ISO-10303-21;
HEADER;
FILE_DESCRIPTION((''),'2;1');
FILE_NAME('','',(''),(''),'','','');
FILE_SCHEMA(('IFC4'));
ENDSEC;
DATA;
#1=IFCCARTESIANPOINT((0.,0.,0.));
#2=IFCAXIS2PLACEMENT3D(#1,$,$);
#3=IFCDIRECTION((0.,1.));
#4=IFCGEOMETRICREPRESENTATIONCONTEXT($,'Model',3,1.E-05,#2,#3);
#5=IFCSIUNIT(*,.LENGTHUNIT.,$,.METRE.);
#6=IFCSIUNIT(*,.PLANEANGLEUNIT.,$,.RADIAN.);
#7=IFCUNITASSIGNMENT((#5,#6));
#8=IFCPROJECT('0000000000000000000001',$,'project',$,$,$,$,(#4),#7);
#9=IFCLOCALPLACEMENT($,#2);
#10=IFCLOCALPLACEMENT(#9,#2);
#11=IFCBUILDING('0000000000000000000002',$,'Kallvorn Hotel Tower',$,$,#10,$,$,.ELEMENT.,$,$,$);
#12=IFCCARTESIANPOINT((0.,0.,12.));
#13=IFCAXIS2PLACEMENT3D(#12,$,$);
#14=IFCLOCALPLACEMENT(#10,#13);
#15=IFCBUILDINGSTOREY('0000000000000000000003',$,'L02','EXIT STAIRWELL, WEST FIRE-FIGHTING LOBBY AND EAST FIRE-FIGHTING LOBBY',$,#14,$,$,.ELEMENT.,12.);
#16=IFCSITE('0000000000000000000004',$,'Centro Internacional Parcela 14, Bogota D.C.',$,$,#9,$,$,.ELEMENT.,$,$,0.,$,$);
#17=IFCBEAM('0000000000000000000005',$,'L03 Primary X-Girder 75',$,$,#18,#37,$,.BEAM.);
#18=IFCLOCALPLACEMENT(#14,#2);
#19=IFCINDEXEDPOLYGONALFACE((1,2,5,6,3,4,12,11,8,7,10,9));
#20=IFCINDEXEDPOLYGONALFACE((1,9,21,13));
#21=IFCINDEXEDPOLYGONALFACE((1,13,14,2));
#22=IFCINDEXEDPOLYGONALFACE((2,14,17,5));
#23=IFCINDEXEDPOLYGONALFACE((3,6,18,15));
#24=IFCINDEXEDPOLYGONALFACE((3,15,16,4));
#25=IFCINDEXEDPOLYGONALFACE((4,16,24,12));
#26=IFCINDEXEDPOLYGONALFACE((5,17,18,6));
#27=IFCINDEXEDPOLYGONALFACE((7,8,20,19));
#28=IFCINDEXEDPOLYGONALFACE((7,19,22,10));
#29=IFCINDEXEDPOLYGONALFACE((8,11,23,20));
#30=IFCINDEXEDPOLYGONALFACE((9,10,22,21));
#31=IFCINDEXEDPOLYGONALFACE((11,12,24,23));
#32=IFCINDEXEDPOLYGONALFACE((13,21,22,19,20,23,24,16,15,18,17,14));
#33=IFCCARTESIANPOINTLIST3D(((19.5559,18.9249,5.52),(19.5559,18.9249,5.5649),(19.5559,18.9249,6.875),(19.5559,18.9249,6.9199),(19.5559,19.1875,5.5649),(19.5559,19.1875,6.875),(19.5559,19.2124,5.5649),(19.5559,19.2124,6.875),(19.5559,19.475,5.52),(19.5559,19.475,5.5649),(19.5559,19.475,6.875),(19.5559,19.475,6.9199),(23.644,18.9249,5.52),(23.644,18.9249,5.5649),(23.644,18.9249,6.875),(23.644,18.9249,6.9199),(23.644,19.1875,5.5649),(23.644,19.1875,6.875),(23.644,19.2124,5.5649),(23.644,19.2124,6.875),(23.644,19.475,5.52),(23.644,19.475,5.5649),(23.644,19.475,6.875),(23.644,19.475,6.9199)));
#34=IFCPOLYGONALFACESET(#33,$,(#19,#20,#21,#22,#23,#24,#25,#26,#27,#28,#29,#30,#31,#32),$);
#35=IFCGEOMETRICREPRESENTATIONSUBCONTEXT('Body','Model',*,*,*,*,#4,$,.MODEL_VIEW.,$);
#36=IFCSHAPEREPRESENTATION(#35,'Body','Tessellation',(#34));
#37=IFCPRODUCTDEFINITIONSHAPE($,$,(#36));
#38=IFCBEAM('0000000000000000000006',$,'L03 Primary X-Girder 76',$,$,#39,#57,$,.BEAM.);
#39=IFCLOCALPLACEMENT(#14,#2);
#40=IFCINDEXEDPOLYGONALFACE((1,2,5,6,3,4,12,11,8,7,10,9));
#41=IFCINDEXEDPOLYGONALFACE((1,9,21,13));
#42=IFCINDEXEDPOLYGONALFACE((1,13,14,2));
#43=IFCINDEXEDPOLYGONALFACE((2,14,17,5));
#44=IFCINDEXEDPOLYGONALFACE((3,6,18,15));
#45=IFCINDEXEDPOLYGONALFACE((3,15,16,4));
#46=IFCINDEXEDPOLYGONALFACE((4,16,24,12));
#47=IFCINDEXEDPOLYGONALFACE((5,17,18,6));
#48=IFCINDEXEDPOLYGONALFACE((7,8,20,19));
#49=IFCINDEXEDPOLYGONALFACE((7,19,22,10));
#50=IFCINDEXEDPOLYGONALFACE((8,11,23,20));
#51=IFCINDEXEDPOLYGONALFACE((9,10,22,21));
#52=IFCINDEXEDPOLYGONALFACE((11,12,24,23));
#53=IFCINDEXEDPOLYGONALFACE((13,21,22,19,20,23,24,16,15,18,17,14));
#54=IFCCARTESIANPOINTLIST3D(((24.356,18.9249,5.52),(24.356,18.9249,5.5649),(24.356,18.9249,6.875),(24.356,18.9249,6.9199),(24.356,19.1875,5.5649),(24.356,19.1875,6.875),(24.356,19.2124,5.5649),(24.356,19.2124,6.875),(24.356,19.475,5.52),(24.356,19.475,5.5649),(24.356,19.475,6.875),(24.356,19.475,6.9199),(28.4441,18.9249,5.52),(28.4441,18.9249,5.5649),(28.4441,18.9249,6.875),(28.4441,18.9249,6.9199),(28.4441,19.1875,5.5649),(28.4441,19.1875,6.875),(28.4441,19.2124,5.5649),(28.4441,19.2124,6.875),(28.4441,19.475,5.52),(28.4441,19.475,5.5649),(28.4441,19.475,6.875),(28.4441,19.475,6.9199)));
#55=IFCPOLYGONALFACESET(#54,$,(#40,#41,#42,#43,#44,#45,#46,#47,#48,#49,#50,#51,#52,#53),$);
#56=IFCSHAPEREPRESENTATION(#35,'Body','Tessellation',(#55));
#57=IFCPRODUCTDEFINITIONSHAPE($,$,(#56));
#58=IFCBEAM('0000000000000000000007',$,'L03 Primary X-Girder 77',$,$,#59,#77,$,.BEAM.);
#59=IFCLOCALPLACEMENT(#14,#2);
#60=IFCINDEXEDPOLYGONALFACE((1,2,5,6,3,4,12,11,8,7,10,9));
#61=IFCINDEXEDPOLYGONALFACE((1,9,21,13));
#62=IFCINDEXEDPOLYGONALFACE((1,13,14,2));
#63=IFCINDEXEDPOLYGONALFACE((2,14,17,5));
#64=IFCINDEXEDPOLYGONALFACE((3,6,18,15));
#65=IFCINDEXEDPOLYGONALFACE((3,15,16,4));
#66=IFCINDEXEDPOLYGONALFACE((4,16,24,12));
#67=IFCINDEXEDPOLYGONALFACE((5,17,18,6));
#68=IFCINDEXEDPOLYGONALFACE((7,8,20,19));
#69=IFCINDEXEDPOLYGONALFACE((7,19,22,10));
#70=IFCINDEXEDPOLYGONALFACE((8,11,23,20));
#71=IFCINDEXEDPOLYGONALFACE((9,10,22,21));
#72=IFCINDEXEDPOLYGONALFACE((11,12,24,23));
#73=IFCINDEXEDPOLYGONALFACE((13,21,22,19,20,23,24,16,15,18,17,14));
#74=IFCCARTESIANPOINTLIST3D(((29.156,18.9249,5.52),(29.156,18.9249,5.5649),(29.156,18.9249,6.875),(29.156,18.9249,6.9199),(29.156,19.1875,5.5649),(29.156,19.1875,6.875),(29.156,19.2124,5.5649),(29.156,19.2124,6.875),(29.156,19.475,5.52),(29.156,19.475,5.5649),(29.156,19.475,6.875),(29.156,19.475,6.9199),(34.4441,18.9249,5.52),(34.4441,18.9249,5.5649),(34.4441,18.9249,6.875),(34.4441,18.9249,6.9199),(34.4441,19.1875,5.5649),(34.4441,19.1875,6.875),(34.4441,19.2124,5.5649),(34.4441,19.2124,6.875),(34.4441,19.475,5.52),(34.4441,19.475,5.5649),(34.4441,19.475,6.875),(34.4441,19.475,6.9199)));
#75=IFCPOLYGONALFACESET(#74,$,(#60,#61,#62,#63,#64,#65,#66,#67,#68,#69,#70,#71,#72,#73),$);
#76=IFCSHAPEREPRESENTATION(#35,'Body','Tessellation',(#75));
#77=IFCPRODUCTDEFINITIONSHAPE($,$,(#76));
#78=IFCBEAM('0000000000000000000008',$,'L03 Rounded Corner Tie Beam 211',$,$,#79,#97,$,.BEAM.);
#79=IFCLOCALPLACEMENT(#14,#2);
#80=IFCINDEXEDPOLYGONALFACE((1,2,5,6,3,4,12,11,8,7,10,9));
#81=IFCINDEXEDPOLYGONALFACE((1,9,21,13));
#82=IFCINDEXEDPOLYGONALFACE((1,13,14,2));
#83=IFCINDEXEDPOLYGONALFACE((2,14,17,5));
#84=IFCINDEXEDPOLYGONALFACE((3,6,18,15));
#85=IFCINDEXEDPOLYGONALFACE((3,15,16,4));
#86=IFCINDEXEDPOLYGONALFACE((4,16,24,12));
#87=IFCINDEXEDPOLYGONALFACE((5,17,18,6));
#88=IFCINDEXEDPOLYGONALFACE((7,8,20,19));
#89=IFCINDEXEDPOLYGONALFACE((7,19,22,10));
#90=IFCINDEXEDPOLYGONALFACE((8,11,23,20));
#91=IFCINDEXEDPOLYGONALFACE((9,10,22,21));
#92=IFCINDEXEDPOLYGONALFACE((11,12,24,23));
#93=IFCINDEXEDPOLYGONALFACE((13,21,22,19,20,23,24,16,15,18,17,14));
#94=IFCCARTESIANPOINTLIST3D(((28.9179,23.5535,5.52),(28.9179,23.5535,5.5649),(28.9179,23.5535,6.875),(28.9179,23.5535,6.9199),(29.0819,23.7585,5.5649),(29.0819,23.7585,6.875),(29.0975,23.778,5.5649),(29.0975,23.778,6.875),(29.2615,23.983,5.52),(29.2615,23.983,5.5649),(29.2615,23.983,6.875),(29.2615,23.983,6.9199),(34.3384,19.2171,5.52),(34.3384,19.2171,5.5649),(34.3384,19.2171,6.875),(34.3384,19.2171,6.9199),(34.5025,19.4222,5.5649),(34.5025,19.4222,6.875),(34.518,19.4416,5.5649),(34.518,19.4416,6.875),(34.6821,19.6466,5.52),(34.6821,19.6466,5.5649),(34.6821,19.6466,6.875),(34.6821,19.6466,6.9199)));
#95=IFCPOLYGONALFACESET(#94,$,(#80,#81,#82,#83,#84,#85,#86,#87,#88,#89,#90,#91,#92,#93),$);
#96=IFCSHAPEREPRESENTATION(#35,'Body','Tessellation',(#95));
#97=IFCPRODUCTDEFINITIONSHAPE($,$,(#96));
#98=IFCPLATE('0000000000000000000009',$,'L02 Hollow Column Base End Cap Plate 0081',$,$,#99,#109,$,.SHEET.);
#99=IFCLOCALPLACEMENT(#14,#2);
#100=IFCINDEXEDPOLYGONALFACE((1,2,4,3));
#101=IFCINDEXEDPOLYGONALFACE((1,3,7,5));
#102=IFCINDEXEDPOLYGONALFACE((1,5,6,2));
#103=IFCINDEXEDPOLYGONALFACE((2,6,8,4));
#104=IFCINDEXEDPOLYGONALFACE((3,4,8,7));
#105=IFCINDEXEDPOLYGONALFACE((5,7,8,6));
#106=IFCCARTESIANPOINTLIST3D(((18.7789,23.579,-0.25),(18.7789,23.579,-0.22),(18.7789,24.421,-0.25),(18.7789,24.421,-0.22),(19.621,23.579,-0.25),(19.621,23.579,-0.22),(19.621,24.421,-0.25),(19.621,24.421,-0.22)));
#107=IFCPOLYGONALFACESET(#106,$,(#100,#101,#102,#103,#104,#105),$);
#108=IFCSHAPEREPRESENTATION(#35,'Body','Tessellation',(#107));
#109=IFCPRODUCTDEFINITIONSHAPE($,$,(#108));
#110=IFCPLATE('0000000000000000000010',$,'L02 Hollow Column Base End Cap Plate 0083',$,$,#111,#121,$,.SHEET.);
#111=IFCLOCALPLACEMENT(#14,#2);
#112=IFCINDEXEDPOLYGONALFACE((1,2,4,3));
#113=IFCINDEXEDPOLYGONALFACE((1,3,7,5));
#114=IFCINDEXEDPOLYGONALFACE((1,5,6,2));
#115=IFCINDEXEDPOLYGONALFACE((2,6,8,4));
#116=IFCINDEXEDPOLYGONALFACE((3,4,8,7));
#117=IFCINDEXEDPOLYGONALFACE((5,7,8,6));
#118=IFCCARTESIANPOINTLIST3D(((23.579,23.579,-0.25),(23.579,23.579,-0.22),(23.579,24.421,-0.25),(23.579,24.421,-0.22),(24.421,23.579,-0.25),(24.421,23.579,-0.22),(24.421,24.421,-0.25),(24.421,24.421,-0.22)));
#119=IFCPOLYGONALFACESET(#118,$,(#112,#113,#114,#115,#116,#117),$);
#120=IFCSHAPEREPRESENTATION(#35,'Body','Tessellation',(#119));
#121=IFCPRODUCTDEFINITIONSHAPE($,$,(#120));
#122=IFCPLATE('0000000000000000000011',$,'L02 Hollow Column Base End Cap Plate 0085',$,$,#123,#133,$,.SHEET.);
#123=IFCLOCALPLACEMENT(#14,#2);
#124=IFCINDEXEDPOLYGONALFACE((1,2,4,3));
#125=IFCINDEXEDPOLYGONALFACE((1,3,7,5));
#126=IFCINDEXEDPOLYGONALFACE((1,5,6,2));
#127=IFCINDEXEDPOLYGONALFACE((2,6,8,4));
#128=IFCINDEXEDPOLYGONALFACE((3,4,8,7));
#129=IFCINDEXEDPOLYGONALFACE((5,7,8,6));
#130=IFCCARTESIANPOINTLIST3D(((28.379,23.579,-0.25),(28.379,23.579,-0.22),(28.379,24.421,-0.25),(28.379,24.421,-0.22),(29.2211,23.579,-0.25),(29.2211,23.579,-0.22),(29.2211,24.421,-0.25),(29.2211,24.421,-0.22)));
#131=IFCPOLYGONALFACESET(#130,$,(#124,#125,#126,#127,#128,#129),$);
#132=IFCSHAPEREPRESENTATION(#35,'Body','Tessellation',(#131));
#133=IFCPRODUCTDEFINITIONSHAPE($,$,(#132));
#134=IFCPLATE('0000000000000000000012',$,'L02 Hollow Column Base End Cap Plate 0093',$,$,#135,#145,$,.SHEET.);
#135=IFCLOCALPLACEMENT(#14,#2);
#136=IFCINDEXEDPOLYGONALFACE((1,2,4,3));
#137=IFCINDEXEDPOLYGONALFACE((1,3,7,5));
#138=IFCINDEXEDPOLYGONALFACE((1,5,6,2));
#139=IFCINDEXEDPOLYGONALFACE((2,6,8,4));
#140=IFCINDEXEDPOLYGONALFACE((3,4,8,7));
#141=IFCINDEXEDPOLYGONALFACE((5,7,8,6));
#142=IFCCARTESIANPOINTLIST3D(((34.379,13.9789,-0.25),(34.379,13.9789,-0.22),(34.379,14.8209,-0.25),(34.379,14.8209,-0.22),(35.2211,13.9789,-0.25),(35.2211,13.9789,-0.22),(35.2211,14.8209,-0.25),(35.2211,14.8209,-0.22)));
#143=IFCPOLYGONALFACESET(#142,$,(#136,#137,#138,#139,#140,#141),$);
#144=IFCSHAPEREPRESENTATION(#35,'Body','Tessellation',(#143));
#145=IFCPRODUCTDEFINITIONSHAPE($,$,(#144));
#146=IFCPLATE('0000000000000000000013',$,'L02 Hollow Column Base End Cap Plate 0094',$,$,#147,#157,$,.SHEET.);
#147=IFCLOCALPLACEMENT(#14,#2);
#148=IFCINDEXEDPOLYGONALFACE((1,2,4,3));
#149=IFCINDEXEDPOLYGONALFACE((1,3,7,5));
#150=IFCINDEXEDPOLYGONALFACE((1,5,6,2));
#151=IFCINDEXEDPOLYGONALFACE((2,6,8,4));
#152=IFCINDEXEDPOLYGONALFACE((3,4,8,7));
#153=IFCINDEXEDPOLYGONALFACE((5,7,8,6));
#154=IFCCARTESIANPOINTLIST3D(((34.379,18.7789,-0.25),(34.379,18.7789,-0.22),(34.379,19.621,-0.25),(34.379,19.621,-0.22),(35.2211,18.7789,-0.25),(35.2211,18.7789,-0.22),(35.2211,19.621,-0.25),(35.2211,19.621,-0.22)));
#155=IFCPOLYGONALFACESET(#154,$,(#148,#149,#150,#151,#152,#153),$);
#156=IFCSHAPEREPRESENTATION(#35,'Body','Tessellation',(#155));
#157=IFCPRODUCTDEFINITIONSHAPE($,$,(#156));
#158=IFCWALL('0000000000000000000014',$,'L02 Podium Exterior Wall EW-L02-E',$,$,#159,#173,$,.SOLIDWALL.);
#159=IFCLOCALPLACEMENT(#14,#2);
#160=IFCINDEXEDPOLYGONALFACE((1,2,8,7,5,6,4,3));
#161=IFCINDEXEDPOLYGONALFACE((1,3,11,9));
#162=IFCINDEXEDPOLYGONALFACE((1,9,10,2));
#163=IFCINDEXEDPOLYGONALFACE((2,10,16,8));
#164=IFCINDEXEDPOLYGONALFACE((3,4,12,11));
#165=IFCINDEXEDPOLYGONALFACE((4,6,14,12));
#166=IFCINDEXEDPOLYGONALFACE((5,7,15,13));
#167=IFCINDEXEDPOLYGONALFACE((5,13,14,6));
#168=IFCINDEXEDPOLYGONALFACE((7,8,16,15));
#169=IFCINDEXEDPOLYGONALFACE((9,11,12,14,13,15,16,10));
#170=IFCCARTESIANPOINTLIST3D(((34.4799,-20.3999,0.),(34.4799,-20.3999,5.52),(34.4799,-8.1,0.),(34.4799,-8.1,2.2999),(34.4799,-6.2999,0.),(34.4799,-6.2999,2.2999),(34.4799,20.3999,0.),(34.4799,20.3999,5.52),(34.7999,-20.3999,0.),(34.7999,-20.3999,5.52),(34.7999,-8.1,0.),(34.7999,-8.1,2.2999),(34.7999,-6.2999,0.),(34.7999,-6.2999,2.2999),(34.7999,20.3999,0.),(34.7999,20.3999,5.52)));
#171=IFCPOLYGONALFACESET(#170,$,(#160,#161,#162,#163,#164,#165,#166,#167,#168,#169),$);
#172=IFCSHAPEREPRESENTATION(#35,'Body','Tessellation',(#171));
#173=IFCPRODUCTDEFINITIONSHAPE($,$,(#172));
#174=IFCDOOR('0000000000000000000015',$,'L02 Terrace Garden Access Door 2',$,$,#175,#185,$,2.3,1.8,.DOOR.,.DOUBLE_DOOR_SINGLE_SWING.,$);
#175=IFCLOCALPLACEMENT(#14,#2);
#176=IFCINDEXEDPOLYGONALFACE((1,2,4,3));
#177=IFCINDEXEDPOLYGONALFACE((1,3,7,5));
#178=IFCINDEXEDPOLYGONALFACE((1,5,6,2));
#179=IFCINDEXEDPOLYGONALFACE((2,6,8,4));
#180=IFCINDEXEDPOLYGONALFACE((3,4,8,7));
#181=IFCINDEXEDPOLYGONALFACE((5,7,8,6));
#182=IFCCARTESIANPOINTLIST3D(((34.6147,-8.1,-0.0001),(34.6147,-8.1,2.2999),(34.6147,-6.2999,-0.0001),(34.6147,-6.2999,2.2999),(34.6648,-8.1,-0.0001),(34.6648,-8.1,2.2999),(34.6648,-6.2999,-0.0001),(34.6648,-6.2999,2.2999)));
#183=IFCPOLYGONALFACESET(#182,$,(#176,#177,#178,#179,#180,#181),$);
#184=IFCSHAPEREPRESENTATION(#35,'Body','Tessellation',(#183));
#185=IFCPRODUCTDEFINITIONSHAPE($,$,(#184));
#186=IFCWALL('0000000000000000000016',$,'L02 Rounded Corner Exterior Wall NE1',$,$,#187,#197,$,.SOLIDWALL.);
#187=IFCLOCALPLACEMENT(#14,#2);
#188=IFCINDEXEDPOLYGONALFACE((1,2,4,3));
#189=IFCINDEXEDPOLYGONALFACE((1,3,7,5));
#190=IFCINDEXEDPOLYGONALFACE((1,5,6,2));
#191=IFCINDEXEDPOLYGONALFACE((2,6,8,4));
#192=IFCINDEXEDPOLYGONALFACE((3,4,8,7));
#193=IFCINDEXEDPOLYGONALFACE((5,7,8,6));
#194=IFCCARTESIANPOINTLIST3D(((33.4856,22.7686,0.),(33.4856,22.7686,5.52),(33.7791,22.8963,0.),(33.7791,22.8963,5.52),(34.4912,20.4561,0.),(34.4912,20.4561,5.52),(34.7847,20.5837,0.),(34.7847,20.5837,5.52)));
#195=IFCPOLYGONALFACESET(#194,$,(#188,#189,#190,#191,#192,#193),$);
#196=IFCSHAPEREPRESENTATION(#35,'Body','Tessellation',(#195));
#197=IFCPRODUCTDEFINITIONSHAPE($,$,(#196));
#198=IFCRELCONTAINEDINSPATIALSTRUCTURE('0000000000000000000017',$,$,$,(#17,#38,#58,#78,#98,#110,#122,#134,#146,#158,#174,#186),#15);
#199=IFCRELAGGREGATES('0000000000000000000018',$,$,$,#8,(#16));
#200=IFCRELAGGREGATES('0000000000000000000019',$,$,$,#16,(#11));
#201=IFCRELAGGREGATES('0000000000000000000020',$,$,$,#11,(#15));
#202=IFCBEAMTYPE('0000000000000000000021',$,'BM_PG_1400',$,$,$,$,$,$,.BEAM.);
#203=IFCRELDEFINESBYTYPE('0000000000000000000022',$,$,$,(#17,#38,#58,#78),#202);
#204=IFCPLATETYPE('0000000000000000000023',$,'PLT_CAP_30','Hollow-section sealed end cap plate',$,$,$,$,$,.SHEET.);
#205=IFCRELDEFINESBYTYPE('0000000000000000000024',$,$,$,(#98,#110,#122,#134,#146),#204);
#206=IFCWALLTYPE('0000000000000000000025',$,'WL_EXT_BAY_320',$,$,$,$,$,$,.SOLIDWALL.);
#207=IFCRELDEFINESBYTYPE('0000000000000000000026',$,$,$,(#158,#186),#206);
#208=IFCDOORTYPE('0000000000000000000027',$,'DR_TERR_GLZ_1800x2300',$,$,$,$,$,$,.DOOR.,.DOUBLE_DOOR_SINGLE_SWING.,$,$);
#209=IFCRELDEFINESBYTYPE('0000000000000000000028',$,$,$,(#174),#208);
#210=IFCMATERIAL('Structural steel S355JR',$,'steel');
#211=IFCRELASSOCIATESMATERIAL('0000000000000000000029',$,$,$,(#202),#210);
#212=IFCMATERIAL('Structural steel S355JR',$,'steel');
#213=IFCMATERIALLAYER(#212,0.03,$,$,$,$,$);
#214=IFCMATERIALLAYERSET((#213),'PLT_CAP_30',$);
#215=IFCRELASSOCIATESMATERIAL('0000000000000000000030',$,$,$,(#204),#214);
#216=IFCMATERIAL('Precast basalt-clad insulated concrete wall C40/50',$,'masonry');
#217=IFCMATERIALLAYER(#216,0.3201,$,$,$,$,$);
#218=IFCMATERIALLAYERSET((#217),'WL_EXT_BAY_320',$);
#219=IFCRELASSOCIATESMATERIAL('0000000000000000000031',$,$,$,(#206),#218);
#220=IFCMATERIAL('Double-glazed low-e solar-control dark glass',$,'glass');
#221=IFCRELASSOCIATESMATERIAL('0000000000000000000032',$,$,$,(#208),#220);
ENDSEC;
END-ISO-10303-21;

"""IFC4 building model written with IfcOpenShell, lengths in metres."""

from ifc_helpers import new_model, si_unit, direction, frame, frame_2d, origin, origin_2d, place, context, subcontext, project, spatial, rectangle, i_section, extrude, material, layer, layer_set, material_profile, profile_set, type_object, element, fill, save


model = new_model("IFC4")

# Units and contexts
model_context = context("Model", 3, precision=1e-05, world=origin(), true_north=direction((0.0, 1.0)))
body_context = subcontext(model_context, "Body", "Model", "MODEL_VIEW")
ifc_project = project(units=[si_unit("LENGTHUNIT", "METRE"), si_unit("PLANEANGLEUNIT", "RADIAN")], contexts=[model_context])

# Site, building, storey
site_placement = place(None, origin())
site = spatial("IfcSite", under=ifc_project, at=site_placement, Name="Centro Internacional Parcela 14, Bogota D.C.", CompositionType="ELEMENT", RefElevation=0.0)
building_placement = place(site_placement, origin())
building = spatial("IfcBuilding", under=site, at=building_placement, Name="Kallvorn Hotel Tower", CompositionType="ELEMENT")
storey_placement = place(building_placement, frame((0.0, 0.0, 12.0)))
storey = spatial("IfcBuildingStorey", under=building, at=storey_placement, Name="L02", Description="EXIT STAIRWELL, WEST FIRE-FIGHTING LOBBY AND EAST FIRE-FIGHTING LOBBY", CompositionType="ELEMENT", Elevation=12.0)

# Beams
ifc_material_1 = material(Name="Structural steel S355JR", Category="steel")
ifc_material_profile_1 = material_profile(ifc_material_1, i_section(OverallWidth=0.55, OverallDepth=1.3999, WebThickness=0.0249, FlangeThickness=0.0449, at=origin_2d()), Name="PG 1400x550x25x45")
ifc_profile_set_1 = profile_set([ifc_material_profile_1], Name="Structural steel S355JR")
beam_type_1 = type_object("IfcBeamType", Name="BM_PG_1400", PredefinedType="BEAM", material=ifc_profile_set_1)
for number, where, z_axis, x_axis, name in (
    (1, (19.5559, 19.2, 6.22), (1.0, 0.0, 0.0), (0.0, 1.0, 0.0), "L03 Primary X-Girder 75"),
    (2, (24.356, 19.2, 6.22), (1.0, 0.0, 0.0), (0.0, 1.0, 0.0), "L03 Primary X-Girder 76"),
):
    element("IfcBeam", number, at=place(storey_placement, frame(where, z_axis=z_axis, x_axis=x_axis)), inside=storey, type_object=beam_type_1, Name=name, PredefinedType="BEAM", context=body_context, shape_type="SweptSolid", body=[
        extrude(i_section(OverallWidth=0.55, OverallDepth=1.3999, WebThickness=0.0249, FlangeThickness=0.0449, at=origin_2d()), origin(), (0.0, 0.0, 1.0), 4.0881),
    ])
beam_1_placement = place(storey_placement, frame((29.156, 19.2, 6.22), z_axis=(1.0, 0.0, 0.0), x_axis=(0.0, 1.0, 0.0)))
element("IfcBeam", 3, at=beam_1_placement, inside=storey, type_object=beam_type_1, Name="L03 Primary X-Girder 77", PredefinedType="BEAM", context=body_context, shape_type="SweptSolid", body=[
    extrude(i_section(OverallWidth=0.55, OverallDepth=1.3999, WebThickness=0.0249, FlangeThickness=0.0449, at=origin_2d()), origin(), (0.0, 0.0, 1.0), 5.2881),
])
beam_2_placement = place(storey_placement, frame((34.5103, 19.4319, 6.22), z_axis=(-0.780876, 0.624686, 0.0), x_axis=(-0.624686, -0.780876, 0.0)))
element("IfcBeam", 4, at=beam_2_placement, inside=storey, type_object=beam_type_1, Name="L03 Rounded Corner Tie Beam 211", PredefinedType="BEAM", context=body_context, shape_type="SweptSolid", body=[
    extrude(i_section(OverallWidth=0.55, OverallDepth=1.3999, WebThickness=0.0249, FlangeThickness=0.0449, at=origin_2d()), origin(), (0.0, 0.0, 1.0), 6.9417),
])

# Plates
ifc_material_2 = material(Name="Structural steel S355JR", Category="steel")
ifc_layer_1 = layer(ifc_material_2, 0.03)
ifc_layer_set_1 = layer_set([ifc_layer_1], Name="PLT_CAP_30")
plate_type = type_object("IfcPlateType", Name="PLT_CAP_30", Description="Hollow-section sealed end cap plate", PredefinedType="SHEET", material=ifc_layer_set_1)
for number, where, z_axis, x_axis, name in (
    (5, (19.2, 24.0, -0.25), (0.0, 0.0, 1.0), (1.0, 0.0, 0.0), "L02 Hollow Column Base End Cap Plate 0081"),
    (6, (24.0, 24.0, -0.25), (0.0, 0.0, 1.0), (1.0, 0.0, 0.0), "L02 Hollow Column Base End Cap Plate 0083"),
    (7, (28.8, 24.0, -0.25), (0.0, 0.0, 1.0), (1.0, 0.0, 0.0), "L02 Hollow Column Base End Cap Plate 0085"),
    (8, (34.8, 14.3999, -0.25), (0.0, 0.0, 1.0), (1.0, 0.0, 0.0), "L02 Hollow Column Base End Cap Plate 0093"),
    (9, (34.8, 19.2, -0.25), (0.0, 0.0, 1.0), (1.0, 0.0, 0.0), "L02 Hollow Column Base End Cap Plate 0094"),
):
    element("IfcPlate", number, at=place(storey_placement, frame(where, z_axis=z_axis, x_axis=x_axis)), inside=storey, type_object=plate_type, Name=name, PredefinedType="SHEET", context=body_context, shape_type="SweptSolid", body=[
        extrude(rectangle(XDim=0.842, YDim=0.842, at=origin_2d()), origin(), (0.0, 0.0, 1.0), 0.03),
    ])

# Wall, opening, door
ifc_material_3 = material(Name="Precast basalt-clad insulated concrete wall C40/50", Category="masonry")
ifc_layer_2 = layer(ifc_material_3, 0.3201)
ifc_layer_set_2 = layer_set([ifc_layer_2], Name="WL_EXT_BAY_320")
wall_type_1 = type_object("IfcWallType", Name="WL_EXT_BAY_320", PredefinedType="SOLIDWALL", material=ifc_layer_set_2)
wall_1_placement = place(storey_placement, frame((34.6399, 20.3999, 0.0), z_axis=(0.0, 0.0, 1.0), x_axis=(0.0, -1.0, 0.0)))
wall_1 = element("IfcWall", 10, at=wall_1_placement, inside=storey, type_object=wall_type_1, Name="L02 Podium Exterior Wall EW-L02-E", PredefinedType="SOLIDWALL", context=body_context, shape_type="SweptSolid", body=[
    extrude(rectangle(XDim=40.7998, YDim=0.3201, at=frame_2d((20.3999, 0.0))), origin(), (0.0, 0.0, 1.0), 5.52),
])
opening_placement = place(wall_1_placement, frame((26.7, 0.0, 0.0)))
opening = element("IfcOpeningElement", 11, at=opening_placement, cuts=wall_1, PredefinedType="OPENING", context=body_context, shape_type="SweptSolid", body=[
    extrude(rectangle(XDim=1.8, YDim=2.3, at=frame_2d((0.8999, 1.1499))), frame((0.0, 0.175, 0.0), z_axis=(0.0, -1.0, 0.0), x_axis=(1.0, 0.0, 0.0)), (0.0, 0.0, 1.0), 0.3501),
])
ifc_material_4 = material(Name="Double-glazed low-e solar-control dark glass", Category="glass")
door_type = type_object("IfcDoorType", Name="DR_TERR_GLZ_1800x2300", OperationType="DOUBLE_DOOR_SINGLE_SWING", PredefinedType="DOOR", material=ifc_material_4)
door_placement = place(opening_placement, origin())
door = element("IfcDoor", 12, at=door_placement, inside=storey, type_object=door_type, Name="L02 Terrace Garden Access Door 2", OperationType="DOUBLE_DOOR_SINGLE_SWING", OverallHeight=2.3, OverallWidth=1.8, PredefinedType="DOOR", context=body_context, shape_type="SweptSolid", body=[
    extrude(rectangle(XDim=1.8, YDim=2.3, at=frame_2d((0.8999, 1.1499))), frame((0.0, 0.0249, 0.0), z_axis=(0.0, -1.0, 0.0), x_axis=(1.0, 0.0, 0.0)), (0.0, 0.0, 1.0), 0.05),
])
fill(opening, door)

# Wall
wall_2_placement = place(storey_placement, frame((34.6379, 20.52, 0.0), z_axis=(0.0, 0.0, 1.0), x_axis=(-0.398786, 0.917044, 0.0)))
element("IfcWall", 13, at=wall_2_placement, inside=storey, type_object=wall_type_1, Name="L02 Rounded Corner Exterior Wall NE1", PredefinedType="SOLIDWALL", context=body_context, shape_type="SweptSolid", body=[
    extrude(rectangle(XDim=2.5217, YDim=0.3201, at=frame_2d((1.2607, 0.0))), origin(), (0.0, 0.0, 1.0), 5.52),
])

save(model, "model.ifc")
